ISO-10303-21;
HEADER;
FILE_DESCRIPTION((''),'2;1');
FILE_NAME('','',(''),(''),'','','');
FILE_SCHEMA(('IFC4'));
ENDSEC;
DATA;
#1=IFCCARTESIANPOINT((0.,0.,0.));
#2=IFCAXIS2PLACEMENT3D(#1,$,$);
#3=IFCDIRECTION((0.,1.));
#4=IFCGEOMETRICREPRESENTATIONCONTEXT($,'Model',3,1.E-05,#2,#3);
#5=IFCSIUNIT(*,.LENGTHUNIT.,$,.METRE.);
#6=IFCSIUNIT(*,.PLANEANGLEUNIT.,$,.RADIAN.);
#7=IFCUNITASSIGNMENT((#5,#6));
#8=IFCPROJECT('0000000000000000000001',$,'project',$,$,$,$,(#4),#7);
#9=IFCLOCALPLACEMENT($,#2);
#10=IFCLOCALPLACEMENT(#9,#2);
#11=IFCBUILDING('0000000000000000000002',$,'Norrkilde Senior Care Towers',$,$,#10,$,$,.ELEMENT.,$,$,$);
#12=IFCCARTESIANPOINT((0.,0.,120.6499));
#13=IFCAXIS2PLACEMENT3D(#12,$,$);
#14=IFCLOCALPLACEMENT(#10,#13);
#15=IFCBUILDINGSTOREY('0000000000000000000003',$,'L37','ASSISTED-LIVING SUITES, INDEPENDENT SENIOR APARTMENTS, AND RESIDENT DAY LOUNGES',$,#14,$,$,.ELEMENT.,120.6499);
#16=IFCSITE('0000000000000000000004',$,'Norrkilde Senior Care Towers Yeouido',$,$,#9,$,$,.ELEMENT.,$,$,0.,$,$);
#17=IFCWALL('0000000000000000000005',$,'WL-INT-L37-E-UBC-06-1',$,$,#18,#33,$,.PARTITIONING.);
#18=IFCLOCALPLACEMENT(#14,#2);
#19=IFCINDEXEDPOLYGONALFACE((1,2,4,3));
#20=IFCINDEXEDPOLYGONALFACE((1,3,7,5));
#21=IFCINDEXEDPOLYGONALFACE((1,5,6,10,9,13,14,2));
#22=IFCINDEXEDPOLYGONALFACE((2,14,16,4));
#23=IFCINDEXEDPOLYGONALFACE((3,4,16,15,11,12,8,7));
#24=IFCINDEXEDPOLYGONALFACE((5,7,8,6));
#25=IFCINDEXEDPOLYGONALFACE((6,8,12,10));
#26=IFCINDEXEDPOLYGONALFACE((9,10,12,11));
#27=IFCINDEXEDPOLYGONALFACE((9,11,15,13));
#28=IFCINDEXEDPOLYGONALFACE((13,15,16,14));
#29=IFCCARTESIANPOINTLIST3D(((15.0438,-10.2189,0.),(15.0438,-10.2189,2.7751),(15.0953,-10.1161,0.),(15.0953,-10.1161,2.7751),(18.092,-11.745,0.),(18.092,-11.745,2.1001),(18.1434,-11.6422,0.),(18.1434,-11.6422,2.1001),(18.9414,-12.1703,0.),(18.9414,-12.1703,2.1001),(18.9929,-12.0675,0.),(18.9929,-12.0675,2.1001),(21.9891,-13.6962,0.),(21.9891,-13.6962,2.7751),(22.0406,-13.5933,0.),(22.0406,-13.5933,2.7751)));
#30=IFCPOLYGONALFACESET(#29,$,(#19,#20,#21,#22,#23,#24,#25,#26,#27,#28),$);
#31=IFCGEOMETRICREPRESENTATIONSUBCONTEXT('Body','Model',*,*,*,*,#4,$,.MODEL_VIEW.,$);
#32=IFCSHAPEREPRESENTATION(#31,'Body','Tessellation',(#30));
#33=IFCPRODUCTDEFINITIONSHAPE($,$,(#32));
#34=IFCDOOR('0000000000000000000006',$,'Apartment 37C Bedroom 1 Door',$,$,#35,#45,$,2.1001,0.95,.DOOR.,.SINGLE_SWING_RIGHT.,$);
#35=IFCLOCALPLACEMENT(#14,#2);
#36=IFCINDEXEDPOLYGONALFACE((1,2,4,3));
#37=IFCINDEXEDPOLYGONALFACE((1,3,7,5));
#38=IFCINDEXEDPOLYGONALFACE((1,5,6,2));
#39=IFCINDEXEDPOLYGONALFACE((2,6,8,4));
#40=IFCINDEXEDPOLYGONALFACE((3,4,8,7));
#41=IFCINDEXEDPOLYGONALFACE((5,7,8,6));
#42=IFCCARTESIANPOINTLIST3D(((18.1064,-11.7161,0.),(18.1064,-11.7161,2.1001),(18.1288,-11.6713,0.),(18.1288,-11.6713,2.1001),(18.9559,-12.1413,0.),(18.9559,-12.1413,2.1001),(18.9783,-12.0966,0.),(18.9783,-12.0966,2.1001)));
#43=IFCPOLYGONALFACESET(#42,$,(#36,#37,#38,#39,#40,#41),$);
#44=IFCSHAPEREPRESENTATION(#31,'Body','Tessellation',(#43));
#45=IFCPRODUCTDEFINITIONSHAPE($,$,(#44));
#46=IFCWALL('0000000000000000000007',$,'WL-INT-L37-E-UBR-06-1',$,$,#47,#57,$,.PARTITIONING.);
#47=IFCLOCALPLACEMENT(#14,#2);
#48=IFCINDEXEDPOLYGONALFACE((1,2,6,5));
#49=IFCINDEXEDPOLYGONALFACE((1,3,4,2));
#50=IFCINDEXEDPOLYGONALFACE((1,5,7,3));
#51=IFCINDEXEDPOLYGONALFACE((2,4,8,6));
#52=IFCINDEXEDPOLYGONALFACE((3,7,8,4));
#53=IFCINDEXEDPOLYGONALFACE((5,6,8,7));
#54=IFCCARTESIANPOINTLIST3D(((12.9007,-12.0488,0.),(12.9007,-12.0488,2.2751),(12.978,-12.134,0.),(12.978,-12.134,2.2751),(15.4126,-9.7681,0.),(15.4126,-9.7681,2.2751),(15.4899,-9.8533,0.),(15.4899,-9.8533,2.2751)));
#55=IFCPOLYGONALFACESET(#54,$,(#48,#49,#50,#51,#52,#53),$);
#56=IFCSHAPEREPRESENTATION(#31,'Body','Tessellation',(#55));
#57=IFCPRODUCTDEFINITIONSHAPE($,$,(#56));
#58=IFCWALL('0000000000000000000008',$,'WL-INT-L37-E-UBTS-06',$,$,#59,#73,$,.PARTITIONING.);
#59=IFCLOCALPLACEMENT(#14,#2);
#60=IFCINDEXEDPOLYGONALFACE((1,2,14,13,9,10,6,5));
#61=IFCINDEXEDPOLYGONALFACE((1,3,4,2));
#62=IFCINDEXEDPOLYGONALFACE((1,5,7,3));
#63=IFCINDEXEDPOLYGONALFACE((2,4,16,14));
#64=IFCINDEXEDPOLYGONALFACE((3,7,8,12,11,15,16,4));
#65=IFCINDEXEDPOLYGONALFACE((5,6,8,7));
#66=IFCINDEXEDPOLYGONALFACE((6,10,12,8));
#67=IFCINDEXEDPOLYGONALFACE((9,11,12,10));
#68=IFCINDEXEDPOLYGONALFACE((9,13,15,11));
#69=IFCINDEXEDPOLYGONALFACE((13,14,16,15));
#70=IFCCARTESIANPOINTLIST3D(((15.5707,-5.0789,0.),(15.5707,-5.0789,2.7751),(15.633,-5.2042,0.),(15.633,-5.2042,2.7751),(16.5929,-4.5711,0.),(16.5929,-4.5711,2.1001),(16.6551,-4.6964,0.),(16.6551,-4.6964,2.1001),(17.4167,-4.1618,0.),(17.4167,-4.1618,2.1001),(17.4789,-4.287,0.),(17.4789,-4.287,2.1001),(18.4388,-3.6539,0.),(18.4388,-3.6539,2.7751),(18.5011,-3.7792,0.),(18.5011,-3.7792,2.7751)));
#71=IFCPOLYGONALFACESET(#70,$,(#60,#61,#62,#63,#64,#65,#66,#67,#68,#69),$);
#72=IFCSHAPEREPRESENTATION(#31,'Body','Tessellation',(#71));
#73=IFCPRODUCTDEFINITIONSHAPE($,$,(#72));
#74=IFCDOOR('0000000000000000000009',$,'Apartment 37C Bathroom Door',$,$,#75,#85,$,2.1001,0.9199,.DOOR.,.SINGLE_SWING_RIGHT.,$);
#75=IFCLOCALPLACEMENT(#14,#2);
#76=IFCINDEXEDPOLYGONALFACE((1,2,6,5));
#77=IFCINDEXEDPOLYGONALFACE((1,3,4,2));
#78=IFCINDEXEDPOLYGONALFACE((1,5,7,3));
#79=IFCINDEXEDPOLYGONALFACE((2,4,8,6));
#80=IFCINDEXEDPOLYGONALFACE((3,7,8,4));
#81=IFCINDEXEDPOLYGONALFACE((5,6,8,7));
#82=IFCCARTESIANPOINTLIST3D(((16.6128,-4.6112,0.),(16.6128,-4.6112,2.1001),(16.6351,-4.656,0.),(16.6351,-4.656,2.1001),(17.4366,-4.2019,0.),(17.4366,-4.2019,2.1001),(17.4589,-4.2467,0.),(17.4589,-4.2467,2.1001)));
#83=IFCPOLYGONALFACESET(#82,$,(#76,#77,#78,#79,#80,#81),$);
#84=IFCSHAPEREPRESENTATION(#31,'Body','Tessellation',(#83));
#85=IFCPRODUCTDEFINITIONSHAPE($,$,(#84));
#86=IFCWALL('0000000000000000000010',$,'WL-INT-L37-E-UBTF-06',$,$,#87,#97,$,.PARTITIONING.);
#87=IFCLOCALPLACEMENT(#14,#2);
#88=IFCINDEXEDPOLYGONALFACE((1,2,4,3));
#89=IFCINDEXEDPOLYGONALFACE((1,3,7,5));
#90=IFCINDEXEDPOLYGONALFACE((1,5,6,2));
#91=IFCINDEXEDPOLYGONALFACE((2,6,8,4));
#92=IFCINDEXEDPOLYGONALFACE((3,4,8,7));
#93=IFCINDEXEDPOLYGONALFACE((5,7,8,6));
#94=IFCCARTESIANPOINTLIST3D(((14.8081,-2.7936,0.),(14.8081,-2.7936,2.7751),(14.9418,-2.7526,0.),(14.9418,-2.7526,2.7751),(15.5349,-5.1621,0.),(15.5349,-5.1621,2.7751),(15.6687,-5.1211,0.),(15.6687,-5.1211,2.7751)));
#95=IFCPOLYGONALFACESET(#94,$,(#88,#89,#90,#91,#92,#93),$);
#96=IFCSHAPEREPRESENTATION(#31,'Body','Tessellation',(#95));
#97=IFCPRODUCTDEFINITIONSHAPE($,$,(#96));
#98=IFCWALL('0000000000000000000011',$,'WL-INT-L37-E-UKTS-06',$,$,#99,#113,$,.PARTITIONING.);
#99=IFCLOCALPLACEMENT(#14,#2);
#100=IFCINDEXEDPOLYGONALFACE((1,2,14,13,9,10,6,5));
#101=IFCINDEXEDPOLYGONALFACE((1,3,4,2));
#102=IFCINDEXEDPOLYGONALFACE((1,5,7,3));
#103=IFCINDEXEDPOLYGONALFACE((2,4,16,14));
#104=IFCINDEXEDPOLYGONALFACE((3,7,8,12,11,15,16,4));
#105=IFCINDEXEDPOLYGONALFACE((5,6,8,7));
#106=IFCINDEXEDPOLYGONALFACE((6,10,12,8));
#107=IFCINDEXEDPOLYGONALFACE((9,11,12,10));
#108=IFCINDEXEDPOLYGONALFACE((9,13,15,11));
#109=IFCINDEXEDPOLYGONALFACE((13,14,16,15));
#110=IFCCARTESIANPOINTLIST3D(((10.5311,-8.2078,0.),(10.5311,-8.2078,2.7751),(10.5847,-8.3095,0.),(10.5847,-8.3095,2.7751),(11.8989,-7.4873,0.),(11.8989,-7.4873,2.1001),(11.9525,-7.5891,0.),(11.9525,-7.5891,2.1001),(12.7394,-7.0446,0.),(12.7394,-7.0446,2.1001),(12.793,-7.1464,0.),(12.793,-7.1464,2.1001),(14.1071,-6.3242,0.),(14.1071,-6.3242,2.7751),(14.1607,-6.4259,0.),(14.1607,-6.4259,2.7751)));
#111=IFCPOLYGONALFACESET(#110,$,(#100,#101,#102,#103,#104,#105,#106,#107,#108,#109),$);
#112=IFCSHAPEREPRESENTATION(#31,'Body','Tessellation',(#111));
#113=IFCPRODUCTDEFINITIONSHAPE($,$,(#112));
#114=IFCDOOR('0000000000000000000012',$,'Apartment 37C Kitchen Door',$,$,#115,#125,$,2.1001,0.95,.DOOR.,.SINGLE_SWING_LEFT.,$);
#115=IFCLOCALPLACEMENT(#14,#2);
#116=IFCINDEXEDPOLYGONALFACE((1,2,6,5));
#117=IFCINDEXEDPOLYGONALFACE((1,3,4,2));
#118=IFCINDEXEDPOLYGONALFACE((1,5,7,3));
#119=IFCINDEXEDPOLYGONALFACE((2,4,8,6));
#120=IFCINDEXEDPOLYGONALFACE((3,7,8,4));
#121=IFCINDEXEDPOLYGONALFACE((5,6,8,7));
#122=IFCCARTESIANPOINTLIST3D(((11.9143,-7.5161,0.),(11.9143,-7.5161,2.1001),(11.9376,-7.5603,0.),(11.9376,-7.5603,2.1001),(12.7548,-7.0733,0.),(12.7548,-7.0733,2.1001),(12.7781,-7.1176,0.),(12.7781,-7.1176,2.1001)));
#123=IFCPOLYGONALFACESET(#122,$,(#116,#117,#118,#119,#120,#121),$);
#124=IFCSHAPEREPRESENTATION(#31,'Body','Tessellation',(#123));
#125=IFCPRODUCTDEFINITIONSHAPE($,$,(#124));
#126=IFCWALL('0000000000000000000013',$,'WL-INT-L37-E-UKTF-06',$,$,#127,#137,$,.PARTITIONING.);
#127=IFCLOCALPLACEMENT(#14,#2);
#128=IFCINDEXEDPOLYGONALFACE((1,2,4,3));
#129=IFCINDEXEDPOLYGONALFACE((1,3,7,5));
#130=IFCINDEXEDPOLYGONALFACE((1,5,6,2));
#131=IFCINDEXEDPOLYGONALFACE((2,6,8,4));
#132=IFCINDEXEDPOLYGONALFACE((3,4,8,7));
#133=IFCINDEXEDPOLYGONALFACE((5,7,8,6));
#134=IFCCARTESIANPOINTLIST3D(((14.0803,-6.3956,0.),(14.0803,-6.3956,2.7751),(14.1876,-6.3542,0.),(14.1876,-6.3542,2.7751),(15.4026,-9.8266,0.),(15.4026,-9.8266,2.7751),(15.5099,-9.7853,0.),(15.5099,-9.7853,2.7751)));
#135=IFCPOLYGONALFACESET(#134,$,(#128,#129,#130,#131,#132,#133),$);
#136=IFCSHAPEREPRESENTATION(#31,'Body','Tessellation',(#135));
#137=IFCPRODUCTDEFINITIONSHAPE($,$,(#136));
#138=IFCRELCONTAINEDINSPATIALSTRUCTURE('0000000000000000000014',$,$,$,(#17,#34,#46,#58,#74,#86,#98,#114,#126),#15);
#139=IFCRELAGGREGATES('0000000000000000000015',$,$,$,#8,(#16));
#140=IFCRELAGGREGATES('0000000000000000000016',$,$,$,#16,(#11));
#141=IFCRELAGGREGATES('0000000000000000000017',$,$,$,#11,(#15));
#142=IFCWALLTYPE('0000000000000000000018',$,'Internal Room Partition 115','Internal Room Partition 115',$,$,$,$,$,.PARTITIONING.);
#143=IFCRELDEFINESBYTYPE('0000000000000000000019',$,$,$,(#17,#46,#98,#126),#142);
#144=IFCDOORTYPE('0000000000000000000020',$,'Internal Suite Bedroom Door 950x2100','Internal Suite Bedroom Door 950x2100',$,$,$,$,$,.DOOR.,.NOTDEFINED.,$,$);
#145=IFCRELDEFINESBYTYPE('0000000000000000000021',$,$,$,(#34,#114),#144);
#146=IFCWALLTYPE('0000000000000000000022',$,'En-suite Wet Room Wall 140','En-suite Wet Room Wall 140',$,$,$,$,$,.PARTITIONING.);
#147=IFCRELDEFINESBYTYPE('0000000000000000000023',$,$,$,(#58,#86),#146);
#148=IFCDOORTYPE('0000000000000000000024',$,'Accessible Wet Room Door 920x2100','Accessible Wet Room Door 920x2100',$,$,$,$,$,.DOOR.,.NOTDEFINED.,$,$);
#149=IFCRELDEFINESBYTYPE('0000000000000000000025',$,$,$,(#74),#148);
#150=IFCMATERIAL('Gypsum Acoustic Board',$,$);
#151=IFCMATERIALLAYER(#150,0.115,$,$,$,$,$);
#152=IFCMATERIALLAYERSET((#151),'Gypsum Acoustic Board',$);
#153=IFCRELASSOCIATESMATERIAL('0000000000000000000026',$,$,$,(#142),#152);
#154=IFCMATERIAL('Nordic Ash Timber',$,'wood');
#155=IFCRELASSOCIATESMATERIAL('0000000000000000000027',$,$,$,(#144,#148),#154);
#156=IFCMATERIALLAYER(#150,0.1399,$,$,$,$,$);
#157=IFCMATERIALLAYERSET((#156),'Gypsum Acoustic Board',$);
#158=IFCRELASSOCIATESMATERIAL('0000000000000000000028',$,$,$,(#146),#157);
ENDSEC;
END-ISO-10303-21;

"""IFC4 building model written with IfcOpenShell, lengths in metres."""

from ifc_helpers import new_model, si_unit, direction, frame, frame_2d, origin, place, context, subcontext, project, spatial, rectangle, extrude, source, transform, mapped, material, layer, layer_set, type_object, type_shapes, element, fill, save


model = new_model("IFC4")

# Units and contexts
model_context = context("Model", 3, precision=1e-05, world=origin(), true_north=direction((0.0, 1.0)))
body_context = subcontext(model_context, "Body", "Model", "MODEL_VIEW")
ifc_project = project(units=[si_unit("LENGTHUNIT", "METRE"), si_unit("PLANEANGLEUNIT", "RADIAN")], contexts=[model_context])

# Site, building, storey
site_placement = place(None, origin())
site = spatial("IfcSite", under=ifc_project, at=site_placement, Name="Norrkilde Senior Care Towers Yeouido", CompositionType="ELEMENT", RefElevation=0.0)
building_placement = place(site_placement, origin())
building = spatial("IfcBuilding", under=site, at=building_placement, Name="Norrkilde Senior Care Towers", CompositionType="ELEMENT")
storey_placement = place(building_placement, frame((0.0, 0.0, 120.6499)))
storey = spatial("IfcBuildingStorey", under=building, at=storey_placement, Name="L37", Description="ASSISTED-LIVING SUITES, INDEPENDENT SENIOR APARTMENTS, AND RESIDENT DAY LOUNGES", CompositionType="ELEMENT", Elevation=120.6499)

# Shared definitions
ifc_material_1 = material(Name="Gypsum Acoustic Board")
ifc_material_2 = material(Name="Nordic Ash Timber", Category="wood")

# Wall, opening, door
ifc_layer_1 = layer(ifc_material_1, 0.115)
ifc_layer_set_1 = layer_set([ifc_layer_1], Name="Gypsum Acoustic Board")
wall_type_1 = type_object("IfcWallType", Name="Internal Room Partition 115", Description="Internal Room Partition 115", PredefinedType="PARTITIONING", material=ifc_layer_set_1)
shared_shape_1 = source(origin(), body_context, "Body", "SweptSolid", [
    extrude(rectangle(XDim=7.7671, YDim=0.115, at=frame_2d((3.8835, 0.0))), origin(), (0.0, 0.0, 1.0), 2.7751),
])
wall_1_placement = place(storey_placement, frame((15.0696, -10.1675, 0.0), z_axis=(0.0, 0.0, 1.0), x_axis=(0.894188, -0.447691, 0.0)))
wall_1 = element("IfcWall", 1, at=wall_1_placement, inside=storey, type_object=wall_type_1, Name="WL-INT-L37-E-UBC-06-1", PredefinedType="PARTITIONING", context=body_context, shape_type="MappedRepresentation", body=[
    mapped(shared_shape_1, transform((0.0, 0.0, 0.0), x_axis=(1.0, 0.0, 0.0), y_axis=(0.0, 1.0, 0.0), z_axis=(0.0, 0.0, 1.0), scale=1.0)),
])
opening_1_placement = place(wall_1_placement, frame((3.4087, 0.0, 0.0)))
opening_1 = element("IfcOpeningElement", 2, at=opening_1_placement, cuts=wall_1, PredefinedType="OPENING", context=body_context, shape_type="SweptSolid", body=[
    extrude(rectangle(XDim=0.95, YDim=2.1001, at=frame_2d((0.4751, 1.05))), frame((0.0, 0.0674, 0.0), z_axis=(0.0, -1.0, 0.0), x_axis=(1.0, 0.0, 0.0)), (0.0, 0.0, 1.0), 0.135),
])
door_type_1 = type_object("IfcDoorType", Name="Internal Suite Bedroom Door 950x2100", Description="Internal Suite Bedroom Door 950x2100", OperationType="NOTDEFINED", PredefinedType="DOOR", material=ifc_material_2)
shared_shape_2 = source(origin(), body_context, "Body", "SweptSolid", [
    extrude(rectangle(XDim=0.95, YDim=2.1001, at=frame_2d((0.4751, 1.05))), frame((0.0, 0.0249, 0.0), z_axis=(0.0, -1.0, 0.0), x_axis=(1.0, 0.0, 0.0)), (0.0, 0.0, 1.0), 0.05),
])
type_shapes(door_type_1, [shared_shape_2])
door_1_placement = place(opening_1_placement, origin())
door_1 = element("IfcDoor", 3, at=door_1_placement, inside=storey, type_object=door_type_1, Name="Apartment 37C Bedroom 1 Door", OperationType="SINGLE_SWING_RIGHT", OverallHeight=2.1001, OverallWidth=0.95, PredefinedType="DOOR", context=body_context, shape_type="MappedRepresentation", body=[
    mapped(shared_shape_2, transform((0.0, 0.0, 0.0), x_axis=(1.0, 0.0, 0.0), y_axis=(0.0, 1.0, 0.0), z_axis=(0.0, 0.0, 1.0), scale=1.0)),
])
fill(opening_1, door_1)

# Wall
shared_shape_3 = source(origin(), body_context, "Body", "SweptSolid", [
    extrude(rectangle(XDim=3.3928, YDim=0.115, at=frame_2d((1.6963, 0.0))), origin(), (0.0, 0.0, 1.0), 2.2751),
])
wall_2_placement = place(storey_placement, frame((15.4512, -9.8108, 0.0), z_axis=(0.0, 0.0, 1.0), x_axis=(-0.740357, -0.672214, 0.0)))
element("IfcWall", 4, at=wall_2_placement, inside=storey, type_object=wall_type_1, Name="WL-INT-L37-E-UBR-06-1", PredefinedType="PARTITIONING", context=body_context, shape_type="MappedRepresentation", body=[
    mapped(shared_shape_3, transform((0.0, 0.0, 0.0), x_axis=(1.0, 0.0, 0.0), y_axis=(0.0, 1.0, 0.0), z_axis=(0.0, 0.0, 1.0), scale=1.0)),
])

# Wall, opening, door
ifc_layer_2 = layer(ifc_material_1, 0.1399)
ifc_layer_set_2 = layer_set([ifc_layer_2], Name="Gypsum Acoustic Board")
wall_type_2 = type_object("IfcWallType", Name="En-suite Wet Room Wall 140", Description="En-suite Wet Room Wall 140", PredefinedType="PARTITIONING", material=ifc_layer_set_2)
shared_shape_4 = source(origin(), body_context, "Body", "SweptSolid", [
    extrude(rectangle(XDim=3.2026, YDim=0.1399, at=frame_2d((1.6013, 0.0))), origin(), (0.0, 0.0, 1.0), 2.7751),
])
wall_3_placement = place(storey_placement, frame((18.47, -3.7166, 0.0), z_axis=(0.0, 0.0, 1.0), x_axis=(-0.895553, -0.444956, 0.0)))
wall_3 = element("IfcWall", 5, at=wall_3_placement, inside=storey, type_object=wall_type_2, Name="WL-INT-L37-E-UBTS-06", PredefinedType="PARTITIONING", context=body_context, shape_type="MappedRepresentation", body=[
    mapped(shared_shape_4, transform((0.0, 0.0, 0.0), x_axis=(1.0, 0.0, 0.0), y_axis=(0.0, 1.0, 0.0), z_axis=(0.0, 0.0, 1.0), scale=1.0)),
])
opening_2_placement = place(wall_3_placement, frame((1.1414, 0.0, 0.0)))
opening_2 = element("IfcOpeningElement", 6, at=opening_2_placement, cuts=wall_3, PredefinedType="OPENING", context=body_context, shape_type="SweptSolid", body=[
    extrude(rectangle(XDim=0.9199, YDim=2.1001, at=frame_2d((0.46, 1.05))), frame((0.0, 0.0798, 0.0), z_axis=(0.0, -1.0, 0.0), x_axis=(1.0, 0.0, 0.0)), (0.0, 0.0, 1.0), 0.1599),
])
door_type_2 = type_object("IfcDoorType", Name="Accessible Wet Room Door 920x2100", Description="Accessible Wet Room Door 920x2100", OperationType="NOTDEFINED", PredefinedType="DOOR", material=ifc_material_2)
shared_shape_5 = source(origin(), body_context, "Body", "SweptSolid", [
    extrude(rectangle(XDim=0.9199, YDim=2.1001, at=frame_2d((0.46, 1.05))), frame((0.0, 0.0249, 0.0), z_axis=(0.0, -1.0, 0.0), x_axis=(1.0, 0.0, 0.0)), (0.0, 0.0, 1.0), 0.05),
])
type_shapes(door_type_2, [shared_shape_5])
door_2_placement = place(opening_2_placement, origin())
door_2 = element("IfcDoor", 7, at=door_2_placement, inside=storey, type_object=door_type_2, Name="Apartment 37C Bathroom Door", OperationType="SINGLE_SWING_RIGHT", OverallHeight=2.1001, OverallWidth=0.9199, PredefinedType="DOOR", context=body_context, shape_type="MappedRepresentation", body=[
    mapped(shared_shape_5, transform((0.0, 0.0, 0.0), x_axis=(1.0, 0.0, 0.0), y_axis=(0.0, 1.0, 0.0), z_axis=(0.0, 0.0, 1.0), scale=1.0)),
])
fill(opening_2, door_2)

# Wall
shared_shape_6 = source(origin(), body_context, "Body", "SweptSolid", [
    extrude(rectangle(XDim=2.4775, YDim=0.1399, at=frame_2d((1.2388, 0.0))), origin(), (0.0, 0.0, 1.0), 2.7751),
])
type_shapes(wall_type_2, [shared_shape_4, shared_shape_6])
wall_4_placement = place(storey_placement, frame((15.6018, -5.1416, 0.0), z_axis=(0.0, 0.0, 1.0), x_axis=(-0.293373, 0.955998, 0.0)))
element("IfcWall", 8, at=wall_4_placement, inside=storey, type_object=wall_type_2, Name="WL-INT-L37-E-UBTF-06", PredefinedType="PARTITIONING", context=body_context, shape_type="MappedRepresentation", body=[
    mapped(shared_shape_6, transform((0.0, 0.0, 0.0), x_axis=(1.0, 0.0, 0.0), y_axis=(0.0, 1.0, 0.0), z_axis=(0.0, 0.0, 1.0), scale=1.0)),
])

# Wall, opening, door
shared_shape_7 = source(origin(), body_context, "Body", "SweptSolid", [
    extrude(rectangle(XDim=4.0417, YDim=0.115, at=frame_2d((2.021, 0.0))), origin(), (0.0, 0.0, 1.0), 2.7751),
])
wall_5_placement = place(storey_placement, frame((14.134, -6.375, 0.0), z_axis=(0.0, 0.0, 1.0), x_axis=(-0.884767, -0.466033, 0.0)))
wall_5 = element("IfcWall", 9, at=wall_5_placement, inside=storey, type_object=wall_type_1, Name="WL-INT-L37-E-UKTS-06", PredefinedType="PARTITIONING", context=body_context, shape_type="MappedRepresentation", body=[
    mapped(shared_shape_7, transform((0.0, 0.0, 0.0), x_axis=(1.0, 0.0, 0.0), y_axis=(0.0, 1.0, 0.0), z_axis=(0.0, 0.0, 1.0), scale=1.0)),
])
opening_3_placement = place(wall_5_placement, frame((1.5459, 0.0, 0.0)))
opening_3 = element("IfcOpeningElement", 10, at=opening_3_placement, cuts=wall_5, PredefinedType="OPENING", context=body_context, shape_type="SweptSolid", body=[
    extrude(rectangle(XDim=0.95, YDim=2.1001, at=frame_2d((0.4751, 1.05))), frame((0.0, 0.0674, 0.0), z_axis=(0.0, -1.0, 0.0), x_axis=(1.0, 0.0, 0.0)), (0.0, 0.0, 1.0), 0.135),
])
door_3_placement = place(opening_3_placement, frame((0.95, 0.0, 0.0), z_axis=(0.0, 0.0, 1.0), x_axis=(-1.0, 0.0, 0.0)))
door_3 = element("IfcDoor", 11, at=door_3_placement, inside=storey, type_object=door_type_1, Name="Apartment 37C Kitchen Door", OperationType="SINGLE_SWING_LEFT", OverallHeight=2.1001, OverallWidth=0.95, PredefinedType="DOOR", context=body_context, shape_type="MappedRepresentation", body=[
    mapped(shared_shape_2, transform((0.0, 0.0, 0.0), x_axis=(1.0, 0.0, 0.0), y_axis=(0.0, 1.0, 0.0), z_axis=(0.0, 0.0, 1.0), scale=1.0)),
])
fill(opening_3, door_3)

# Wall
shared_shape_8 = source(origin(), body_context, "Body", "SweptSolid", [
    extrude(rectangle(XDim=3.677, YDim=0.115, at=frame_2d((1.8384, 0.0))), origin(), (0.0, 0.0, 1.0), 2.7751),
])
type_shapes(wall_type_1, [shared_shape_1, shared_shape_3, shared_shape_7, shared_shape_8])
wall_6_placement = place(storey_placement, frame((14.134, -6.375, 0.0), z_axis=(0.0, 0.0, 1.0), x_axis=(0.359593, -0.933109, 0.0)))
element("IfcWall", 12, at=wall_6_placement, inside=storey, type_object=wall_type_1, Name="WL-INT-L37-E-UKTF-06", PredefinedType="PARTITIONING", context=body_context, shape_type="MappedRepresentation", body=[
    mapped(shared_shape_8, transform((0.0, 0.0, 0.0), x_axis=(1.0, 0.0, 0.0), y_axis=(0.0, 1.0, 0.0), z_axis=(0.0, 0.0, 1.0), scale=1.0)),
])

save(model, "model.ifc")
